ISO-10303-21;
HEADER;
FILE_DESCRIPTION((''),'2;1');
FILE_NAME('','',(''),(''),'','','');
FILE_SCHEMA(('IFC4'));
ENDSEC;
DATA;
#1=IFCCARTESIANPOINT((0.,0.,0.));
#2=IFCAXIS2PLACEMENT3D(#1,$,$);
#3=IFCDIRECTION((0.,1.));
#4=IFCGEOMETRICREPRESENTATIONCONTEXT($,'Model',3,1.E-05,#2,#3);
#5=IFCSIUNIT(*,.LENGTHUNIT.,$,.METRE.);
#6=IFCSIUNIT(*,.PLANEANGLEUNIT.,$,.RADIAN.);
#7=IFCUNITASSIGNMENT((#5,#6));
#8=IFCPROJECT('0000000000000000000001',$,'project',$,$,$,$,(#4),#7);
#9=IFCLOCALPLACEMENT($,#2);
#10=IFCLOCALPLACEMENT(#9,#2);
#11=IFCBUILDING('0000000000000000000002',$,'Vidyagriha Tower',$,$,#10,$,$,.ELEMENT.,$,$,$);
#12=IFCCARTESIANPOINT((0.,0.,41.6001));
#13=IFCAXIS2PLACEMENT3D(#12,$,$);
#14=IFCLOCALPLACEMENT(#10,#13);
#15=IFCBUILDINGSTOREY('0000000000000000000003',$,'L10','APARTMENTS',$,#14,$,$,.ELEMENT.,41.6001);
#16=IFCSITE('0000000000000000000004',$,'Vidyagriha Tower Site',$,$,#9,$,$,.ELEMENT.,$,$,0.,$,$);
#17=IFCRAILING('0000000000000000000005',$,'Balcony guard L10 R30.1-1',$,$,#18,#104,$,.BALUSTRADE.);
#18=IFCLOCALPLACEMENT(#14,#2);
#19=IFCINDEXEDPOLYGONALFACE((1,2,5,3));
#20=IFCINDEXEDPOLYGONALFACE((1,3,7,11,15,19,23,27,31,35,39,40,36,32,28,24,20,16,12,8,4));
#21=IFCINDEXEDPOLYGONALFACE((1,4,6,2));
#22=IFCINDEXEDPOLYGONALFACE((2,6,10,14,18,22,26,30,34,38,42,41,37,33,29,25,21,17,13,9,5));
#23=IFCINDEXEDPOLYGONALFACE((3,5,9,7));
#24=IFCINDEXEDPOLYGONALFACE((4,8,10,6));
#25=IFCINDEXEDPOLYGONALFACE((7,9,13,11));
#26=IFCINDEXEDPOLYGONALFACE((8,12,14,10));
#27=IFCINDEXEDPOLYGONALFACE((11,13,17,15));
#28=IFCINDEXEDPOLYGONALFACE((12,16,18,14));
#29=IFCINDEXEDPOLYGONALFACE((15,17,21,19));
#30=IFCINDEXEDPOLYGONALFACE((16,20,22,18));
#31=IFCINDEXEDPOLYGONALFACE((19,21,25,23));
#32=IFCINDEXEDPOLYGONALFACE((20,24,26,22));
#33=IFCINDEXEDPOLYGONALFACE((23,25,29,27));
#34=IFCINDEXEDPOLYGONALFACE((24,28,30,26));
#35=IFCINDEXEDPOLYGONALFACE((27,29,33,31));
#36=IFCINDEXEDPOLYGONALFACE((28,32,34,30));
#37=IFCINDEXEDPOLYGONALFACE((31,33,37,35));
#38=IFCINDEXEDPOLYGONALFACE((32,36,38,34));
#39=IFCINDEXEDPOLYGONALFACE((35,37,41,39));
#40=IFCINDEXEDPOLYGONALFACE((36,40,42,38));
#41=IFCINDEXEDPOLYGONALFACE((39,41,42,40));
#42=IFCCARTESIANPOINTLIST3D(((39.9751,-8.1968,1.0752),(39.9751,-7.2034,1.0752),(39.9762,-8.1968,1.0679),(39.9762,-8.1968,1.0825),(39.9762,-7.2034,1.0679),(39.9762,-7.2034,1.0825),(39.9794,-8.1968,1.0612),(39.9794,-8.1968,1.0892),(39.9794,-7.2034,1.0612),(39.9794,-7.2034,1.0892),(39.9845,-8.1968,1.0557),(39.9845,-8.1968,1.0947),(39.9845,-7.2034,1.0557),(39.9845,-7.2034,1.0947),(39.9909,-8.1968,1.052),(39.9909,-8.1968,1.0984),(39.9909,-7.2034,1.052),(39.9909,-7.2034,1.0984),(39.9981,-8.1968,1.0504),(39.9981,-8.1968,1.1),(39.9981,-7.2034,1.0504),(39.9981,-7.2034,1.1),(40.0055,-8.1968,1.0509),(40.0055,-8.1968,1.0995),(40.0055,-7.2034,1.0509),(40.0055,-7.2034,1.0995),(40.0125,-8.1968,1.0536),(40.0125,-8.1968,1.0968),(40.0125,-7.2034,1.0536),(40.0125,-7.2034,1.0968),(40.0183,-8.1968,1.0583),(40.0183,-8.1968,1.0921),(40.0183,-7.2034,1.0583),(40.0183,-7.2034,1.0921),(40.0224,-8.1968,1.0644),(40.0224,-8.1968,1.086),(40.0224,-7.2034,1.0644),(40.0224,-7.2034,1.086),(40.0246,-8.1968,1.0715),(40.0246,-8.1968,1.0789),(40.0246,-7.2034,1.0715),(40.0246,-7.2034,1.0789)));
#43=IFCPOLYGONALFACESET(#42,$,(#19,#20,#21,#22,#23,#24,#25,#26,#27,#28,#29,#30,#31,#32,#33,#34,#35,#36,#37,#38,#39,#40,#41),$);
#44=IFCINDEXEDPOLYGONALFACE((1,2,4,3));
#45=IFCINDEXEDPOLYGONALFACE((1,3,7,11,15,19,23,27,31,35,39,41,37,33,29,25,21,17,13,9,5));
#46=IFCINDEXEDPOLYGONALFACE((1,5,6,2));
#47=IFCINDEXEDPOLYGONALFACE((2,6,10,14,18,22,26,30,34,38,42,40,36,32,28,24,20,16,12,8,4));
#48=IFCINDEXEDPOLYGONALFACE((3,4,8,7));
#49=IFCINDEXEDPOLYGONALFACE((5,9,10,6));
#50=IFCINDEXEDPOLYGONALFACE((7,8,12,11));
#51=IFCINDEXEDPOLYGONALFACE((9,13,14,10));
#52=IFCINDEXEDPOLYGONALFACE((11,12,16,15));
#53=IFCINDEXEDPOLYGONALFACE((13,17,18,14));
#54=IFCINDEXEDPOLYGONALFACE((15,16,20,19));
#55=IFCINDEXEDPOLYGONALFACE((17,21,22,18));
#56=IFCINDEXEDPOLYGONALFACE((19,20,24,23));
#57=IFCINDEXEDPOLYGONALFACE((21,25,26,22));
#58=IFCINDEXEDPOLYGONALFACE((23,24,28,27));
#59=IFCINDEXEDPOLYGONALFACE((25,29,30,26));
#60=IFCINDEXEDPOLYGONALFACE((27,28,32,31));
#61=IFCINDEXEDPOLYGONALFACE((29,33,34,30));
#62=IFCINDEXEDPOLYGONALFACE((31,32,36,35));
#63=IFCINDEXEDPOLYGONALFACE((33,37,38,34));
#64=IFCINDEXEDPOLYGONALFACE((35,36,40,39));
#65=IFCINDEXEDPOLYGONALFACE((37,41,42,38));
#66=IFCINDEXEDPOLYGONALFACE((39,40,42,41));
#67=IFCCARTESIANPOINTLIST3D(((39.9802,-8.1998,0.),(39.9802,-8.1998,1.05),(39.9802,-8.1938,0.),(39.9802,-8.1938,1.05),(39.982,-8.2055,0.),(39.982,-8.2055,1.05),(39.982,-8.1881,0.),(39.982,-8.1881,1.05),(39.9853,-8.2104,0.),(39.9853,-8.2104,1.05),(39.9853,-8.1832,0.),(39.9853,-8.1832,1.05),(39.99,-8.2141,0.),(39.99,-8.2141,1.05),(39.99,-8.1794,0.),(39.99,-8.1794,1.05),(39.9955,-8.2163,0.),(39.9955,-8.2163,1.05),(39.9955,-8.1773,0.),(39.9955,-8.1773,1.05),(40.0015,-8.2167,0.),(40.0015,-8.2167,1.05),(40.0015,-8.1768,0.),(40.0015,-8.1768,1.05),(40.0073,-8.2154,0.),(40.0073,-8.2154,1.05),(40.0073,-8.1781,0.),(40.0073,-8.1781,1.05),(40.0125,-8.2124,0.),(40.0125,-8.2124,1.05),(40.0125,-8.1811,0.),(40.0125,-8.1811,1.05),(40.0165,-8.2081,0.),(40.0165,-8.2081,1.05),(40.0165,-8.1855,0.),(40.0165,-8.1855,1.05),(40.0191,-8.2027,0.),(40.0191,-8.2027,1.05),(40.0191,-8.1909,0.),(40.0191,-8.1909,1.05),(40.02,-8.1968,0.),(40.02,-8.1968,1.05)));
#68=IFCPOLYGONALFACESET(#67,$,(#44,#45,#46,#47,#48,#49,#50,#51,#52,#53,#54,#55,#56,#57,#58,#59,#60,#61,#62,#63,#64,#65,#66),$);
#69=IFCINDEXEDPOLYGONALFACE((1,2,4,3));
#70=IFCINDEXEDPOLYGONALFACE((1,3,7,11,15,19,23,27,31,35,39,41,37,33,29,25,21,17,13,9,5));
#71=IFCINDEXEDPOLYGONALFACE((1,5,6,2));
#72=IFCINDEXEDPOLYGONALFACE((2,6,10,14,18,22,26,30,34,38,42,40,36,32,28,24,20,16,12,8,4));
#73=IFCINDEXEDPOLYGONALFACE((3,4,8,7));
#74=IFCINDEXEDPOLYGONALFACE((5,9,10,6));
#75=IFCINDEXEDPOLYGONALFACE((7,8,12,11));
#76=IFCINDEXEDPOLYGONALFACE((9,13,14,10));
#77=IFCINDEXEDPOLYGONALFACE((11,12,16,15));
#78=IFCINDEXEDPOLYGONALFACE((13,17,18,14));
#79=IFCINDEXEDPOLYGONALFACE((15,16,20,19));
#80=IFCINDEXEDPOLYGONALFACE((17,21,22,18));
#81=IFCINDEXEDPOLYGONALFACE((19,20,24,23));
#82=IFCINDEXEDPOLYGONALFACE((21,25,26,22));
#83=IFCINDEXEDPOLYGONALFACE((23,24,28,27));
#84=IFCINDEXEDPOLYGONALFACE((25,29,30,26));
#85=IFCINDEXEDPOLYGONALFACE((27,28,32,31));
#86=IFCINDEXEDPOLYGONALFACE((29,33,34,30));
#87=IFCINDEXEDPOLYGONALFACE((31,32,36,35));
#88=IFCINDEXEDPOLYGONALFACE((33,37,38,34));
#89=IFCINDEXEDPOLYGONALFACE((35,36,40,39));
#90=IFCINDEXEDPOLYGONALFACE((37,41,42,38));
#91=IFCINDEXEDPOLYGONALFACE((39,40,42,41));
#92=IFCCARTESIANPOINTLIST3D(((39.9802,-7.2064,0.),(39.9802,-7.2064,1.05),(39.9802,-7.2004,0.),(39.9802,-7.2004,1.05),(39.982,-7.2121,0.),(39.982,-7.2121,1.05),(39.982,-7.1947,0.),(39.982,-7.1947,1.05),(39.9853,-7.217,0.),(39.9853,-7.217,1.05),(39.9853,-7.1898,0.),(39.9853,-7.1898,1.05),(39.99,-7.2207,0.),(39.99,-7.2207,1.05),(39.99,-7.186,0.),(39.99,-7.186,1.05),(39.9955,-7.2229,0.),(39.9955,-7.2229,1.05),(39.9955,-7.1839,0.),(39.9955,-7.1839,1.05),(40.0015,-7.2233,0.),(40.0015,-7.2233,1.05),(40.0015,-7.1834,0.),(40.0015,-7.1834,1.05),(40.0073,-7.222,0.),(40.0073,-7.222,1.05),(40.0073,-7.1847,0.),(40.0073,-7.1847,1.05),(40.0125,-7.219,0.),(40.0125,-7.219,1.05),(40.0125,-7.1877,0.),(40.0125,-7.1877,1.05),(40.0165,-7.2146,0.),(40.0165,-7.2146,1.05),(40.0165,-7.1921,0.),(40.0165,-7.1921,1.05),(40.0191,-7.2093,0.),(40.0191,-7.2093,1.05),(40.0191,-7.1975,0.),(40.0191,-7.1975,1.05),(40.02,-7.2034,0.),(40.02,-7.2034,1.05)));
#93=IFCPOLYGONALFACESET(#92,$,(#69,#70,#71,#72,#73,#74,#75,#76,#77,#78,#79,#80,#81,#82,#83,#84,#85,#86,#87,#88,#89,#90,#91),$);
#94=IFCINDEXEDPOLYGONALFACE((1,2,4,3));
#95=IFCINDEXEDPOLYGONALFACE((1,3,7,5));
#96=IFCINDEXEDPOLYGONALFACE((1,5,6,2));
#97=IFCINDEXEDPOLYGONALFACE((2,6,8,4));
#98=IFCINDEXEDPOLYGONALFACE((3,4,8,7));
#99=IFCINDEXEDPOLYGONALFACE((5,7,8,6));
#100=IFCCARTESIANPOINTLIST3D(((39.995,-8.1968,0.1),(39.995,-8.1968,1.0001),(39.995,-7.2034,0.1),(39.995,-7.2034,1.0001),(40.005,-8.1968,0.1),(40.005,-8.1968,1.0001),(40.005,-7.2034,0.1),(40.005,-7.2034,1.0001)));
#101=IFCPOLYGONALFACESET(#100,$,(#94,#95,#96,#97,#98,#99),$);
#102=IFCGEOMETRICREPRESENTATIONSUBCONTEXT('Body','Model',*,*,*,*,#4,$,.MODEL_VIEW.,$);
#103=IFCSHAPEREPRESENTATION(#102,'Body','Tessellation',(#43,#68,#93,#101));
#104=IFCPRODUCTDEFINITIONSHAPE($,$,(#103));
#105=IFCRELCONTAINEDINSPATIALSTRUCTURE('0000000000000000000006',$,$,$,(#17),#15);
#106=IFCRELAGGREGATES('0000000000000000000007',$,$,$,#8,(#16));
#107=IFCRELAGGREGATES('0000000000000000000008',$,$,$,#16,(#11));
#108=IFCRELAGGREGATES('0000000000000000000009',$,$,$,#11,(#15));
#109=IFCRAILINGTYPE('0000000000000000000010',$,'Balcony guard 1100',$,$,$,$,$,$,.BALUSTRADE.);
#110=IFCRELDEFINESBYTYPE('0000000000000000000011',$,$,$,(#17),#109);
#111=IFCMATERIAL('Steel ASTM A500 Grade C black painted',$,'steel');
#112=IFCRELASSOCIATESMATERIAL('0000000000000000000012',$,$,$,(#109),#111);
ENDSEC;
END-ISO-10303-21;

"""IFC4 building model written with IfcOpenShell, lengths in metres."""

from ifc_helpers import new_model, si_unit, direction, frame, origin, origin_2d, place, context, subcontext, project, spatial, rectangle, circle, extrude, material, type_object, element, save


model = new_model("IFC4")

# Units and contexts
model_context = context("Model", 3, precision=1e-05, world=origin(), true_north=direction((0.0, 1.0)))
body_context = subcontext(model_context, "Body", "Model", "MODEL_VIEW")
ifc_project = project(units=[si_unit("LENGTHUNIT", "METRE"), si_unit("PLANEANGLEUNIT", "RADIAN")], contexts=[model_context])

# Site, building, storey
site_placement = place(None, origin())
site = spatial("IfcSite", under=ifc_project, at=site_placement, Name="Vidyagriha Tower Site", CompositionType="ELEMENT", RefElevation=0.0)
building_placement = place(site_placement, origin())
building = spatial("IfcBuilding", under=site, at=building_placement, Name="Vidyagriha Tower", CompositionType="ELEMENT")
storey_placement = place(building_placement, frame((0.0, 0.0, 41.6001)))
storey = spatial("IfcBuildingStorey", under=building, at=storey_placement, Name="L10", Description="APARTMENTS", CompositionType="ELEMENT", Elevation=41.6001)

# Railing
ifc_material_1 = material(Name="Steel ASTM A500 Grade C black painted", Category="steel")
railing_type = type_object("IfcRailingType", Name="Balcony guard 1100", PredefinedType="BALUSTRADE", material=ifc_material_1)
railing_1_placement = place(storey_placement, frame((40.0, -8.1968, 0.0)))
element("IfcRailing", 1, at=railing_1_placement, inside=storey, type_object=railing_type, Name="Balcony guard L10 R30.1-1", PredefinedType="BALUSTRADE", context=body_context, shape_type="SweptSolid", body=[
    extrude(circle(Radius=0.0249, at=origin_2d()), frame((0.0, 0.0, 1.0752), z_axis=(0.0, 1.0, 0.0), x_axis=(-1.0, 0.0, 0.0)), (0.0, 0.0, 1.0), 0.9934),
    extrude(circle(Radius=0.02, at=origin_2d()), origin(), (0.0, 0.0, 1.0), 1.05),
    extrude(circle(Radius=0.02, at=origin_2d()), frame((0.0, 0.9934, 0.0)), (0.0, 0.0, 1.0), 1.05),
    extrude(rectangle(XDim=0.01, YDim=0.9001, at=origin_2d()), frame((0.0, 0.0, 0.55), z_axis=(0.0, 1.0, 0.0), x_axis=(-1.0, 0.0, 0.0)), (0.0, 0.0, 1.0), 0.9934),
])

save(model, "model.ifc")
